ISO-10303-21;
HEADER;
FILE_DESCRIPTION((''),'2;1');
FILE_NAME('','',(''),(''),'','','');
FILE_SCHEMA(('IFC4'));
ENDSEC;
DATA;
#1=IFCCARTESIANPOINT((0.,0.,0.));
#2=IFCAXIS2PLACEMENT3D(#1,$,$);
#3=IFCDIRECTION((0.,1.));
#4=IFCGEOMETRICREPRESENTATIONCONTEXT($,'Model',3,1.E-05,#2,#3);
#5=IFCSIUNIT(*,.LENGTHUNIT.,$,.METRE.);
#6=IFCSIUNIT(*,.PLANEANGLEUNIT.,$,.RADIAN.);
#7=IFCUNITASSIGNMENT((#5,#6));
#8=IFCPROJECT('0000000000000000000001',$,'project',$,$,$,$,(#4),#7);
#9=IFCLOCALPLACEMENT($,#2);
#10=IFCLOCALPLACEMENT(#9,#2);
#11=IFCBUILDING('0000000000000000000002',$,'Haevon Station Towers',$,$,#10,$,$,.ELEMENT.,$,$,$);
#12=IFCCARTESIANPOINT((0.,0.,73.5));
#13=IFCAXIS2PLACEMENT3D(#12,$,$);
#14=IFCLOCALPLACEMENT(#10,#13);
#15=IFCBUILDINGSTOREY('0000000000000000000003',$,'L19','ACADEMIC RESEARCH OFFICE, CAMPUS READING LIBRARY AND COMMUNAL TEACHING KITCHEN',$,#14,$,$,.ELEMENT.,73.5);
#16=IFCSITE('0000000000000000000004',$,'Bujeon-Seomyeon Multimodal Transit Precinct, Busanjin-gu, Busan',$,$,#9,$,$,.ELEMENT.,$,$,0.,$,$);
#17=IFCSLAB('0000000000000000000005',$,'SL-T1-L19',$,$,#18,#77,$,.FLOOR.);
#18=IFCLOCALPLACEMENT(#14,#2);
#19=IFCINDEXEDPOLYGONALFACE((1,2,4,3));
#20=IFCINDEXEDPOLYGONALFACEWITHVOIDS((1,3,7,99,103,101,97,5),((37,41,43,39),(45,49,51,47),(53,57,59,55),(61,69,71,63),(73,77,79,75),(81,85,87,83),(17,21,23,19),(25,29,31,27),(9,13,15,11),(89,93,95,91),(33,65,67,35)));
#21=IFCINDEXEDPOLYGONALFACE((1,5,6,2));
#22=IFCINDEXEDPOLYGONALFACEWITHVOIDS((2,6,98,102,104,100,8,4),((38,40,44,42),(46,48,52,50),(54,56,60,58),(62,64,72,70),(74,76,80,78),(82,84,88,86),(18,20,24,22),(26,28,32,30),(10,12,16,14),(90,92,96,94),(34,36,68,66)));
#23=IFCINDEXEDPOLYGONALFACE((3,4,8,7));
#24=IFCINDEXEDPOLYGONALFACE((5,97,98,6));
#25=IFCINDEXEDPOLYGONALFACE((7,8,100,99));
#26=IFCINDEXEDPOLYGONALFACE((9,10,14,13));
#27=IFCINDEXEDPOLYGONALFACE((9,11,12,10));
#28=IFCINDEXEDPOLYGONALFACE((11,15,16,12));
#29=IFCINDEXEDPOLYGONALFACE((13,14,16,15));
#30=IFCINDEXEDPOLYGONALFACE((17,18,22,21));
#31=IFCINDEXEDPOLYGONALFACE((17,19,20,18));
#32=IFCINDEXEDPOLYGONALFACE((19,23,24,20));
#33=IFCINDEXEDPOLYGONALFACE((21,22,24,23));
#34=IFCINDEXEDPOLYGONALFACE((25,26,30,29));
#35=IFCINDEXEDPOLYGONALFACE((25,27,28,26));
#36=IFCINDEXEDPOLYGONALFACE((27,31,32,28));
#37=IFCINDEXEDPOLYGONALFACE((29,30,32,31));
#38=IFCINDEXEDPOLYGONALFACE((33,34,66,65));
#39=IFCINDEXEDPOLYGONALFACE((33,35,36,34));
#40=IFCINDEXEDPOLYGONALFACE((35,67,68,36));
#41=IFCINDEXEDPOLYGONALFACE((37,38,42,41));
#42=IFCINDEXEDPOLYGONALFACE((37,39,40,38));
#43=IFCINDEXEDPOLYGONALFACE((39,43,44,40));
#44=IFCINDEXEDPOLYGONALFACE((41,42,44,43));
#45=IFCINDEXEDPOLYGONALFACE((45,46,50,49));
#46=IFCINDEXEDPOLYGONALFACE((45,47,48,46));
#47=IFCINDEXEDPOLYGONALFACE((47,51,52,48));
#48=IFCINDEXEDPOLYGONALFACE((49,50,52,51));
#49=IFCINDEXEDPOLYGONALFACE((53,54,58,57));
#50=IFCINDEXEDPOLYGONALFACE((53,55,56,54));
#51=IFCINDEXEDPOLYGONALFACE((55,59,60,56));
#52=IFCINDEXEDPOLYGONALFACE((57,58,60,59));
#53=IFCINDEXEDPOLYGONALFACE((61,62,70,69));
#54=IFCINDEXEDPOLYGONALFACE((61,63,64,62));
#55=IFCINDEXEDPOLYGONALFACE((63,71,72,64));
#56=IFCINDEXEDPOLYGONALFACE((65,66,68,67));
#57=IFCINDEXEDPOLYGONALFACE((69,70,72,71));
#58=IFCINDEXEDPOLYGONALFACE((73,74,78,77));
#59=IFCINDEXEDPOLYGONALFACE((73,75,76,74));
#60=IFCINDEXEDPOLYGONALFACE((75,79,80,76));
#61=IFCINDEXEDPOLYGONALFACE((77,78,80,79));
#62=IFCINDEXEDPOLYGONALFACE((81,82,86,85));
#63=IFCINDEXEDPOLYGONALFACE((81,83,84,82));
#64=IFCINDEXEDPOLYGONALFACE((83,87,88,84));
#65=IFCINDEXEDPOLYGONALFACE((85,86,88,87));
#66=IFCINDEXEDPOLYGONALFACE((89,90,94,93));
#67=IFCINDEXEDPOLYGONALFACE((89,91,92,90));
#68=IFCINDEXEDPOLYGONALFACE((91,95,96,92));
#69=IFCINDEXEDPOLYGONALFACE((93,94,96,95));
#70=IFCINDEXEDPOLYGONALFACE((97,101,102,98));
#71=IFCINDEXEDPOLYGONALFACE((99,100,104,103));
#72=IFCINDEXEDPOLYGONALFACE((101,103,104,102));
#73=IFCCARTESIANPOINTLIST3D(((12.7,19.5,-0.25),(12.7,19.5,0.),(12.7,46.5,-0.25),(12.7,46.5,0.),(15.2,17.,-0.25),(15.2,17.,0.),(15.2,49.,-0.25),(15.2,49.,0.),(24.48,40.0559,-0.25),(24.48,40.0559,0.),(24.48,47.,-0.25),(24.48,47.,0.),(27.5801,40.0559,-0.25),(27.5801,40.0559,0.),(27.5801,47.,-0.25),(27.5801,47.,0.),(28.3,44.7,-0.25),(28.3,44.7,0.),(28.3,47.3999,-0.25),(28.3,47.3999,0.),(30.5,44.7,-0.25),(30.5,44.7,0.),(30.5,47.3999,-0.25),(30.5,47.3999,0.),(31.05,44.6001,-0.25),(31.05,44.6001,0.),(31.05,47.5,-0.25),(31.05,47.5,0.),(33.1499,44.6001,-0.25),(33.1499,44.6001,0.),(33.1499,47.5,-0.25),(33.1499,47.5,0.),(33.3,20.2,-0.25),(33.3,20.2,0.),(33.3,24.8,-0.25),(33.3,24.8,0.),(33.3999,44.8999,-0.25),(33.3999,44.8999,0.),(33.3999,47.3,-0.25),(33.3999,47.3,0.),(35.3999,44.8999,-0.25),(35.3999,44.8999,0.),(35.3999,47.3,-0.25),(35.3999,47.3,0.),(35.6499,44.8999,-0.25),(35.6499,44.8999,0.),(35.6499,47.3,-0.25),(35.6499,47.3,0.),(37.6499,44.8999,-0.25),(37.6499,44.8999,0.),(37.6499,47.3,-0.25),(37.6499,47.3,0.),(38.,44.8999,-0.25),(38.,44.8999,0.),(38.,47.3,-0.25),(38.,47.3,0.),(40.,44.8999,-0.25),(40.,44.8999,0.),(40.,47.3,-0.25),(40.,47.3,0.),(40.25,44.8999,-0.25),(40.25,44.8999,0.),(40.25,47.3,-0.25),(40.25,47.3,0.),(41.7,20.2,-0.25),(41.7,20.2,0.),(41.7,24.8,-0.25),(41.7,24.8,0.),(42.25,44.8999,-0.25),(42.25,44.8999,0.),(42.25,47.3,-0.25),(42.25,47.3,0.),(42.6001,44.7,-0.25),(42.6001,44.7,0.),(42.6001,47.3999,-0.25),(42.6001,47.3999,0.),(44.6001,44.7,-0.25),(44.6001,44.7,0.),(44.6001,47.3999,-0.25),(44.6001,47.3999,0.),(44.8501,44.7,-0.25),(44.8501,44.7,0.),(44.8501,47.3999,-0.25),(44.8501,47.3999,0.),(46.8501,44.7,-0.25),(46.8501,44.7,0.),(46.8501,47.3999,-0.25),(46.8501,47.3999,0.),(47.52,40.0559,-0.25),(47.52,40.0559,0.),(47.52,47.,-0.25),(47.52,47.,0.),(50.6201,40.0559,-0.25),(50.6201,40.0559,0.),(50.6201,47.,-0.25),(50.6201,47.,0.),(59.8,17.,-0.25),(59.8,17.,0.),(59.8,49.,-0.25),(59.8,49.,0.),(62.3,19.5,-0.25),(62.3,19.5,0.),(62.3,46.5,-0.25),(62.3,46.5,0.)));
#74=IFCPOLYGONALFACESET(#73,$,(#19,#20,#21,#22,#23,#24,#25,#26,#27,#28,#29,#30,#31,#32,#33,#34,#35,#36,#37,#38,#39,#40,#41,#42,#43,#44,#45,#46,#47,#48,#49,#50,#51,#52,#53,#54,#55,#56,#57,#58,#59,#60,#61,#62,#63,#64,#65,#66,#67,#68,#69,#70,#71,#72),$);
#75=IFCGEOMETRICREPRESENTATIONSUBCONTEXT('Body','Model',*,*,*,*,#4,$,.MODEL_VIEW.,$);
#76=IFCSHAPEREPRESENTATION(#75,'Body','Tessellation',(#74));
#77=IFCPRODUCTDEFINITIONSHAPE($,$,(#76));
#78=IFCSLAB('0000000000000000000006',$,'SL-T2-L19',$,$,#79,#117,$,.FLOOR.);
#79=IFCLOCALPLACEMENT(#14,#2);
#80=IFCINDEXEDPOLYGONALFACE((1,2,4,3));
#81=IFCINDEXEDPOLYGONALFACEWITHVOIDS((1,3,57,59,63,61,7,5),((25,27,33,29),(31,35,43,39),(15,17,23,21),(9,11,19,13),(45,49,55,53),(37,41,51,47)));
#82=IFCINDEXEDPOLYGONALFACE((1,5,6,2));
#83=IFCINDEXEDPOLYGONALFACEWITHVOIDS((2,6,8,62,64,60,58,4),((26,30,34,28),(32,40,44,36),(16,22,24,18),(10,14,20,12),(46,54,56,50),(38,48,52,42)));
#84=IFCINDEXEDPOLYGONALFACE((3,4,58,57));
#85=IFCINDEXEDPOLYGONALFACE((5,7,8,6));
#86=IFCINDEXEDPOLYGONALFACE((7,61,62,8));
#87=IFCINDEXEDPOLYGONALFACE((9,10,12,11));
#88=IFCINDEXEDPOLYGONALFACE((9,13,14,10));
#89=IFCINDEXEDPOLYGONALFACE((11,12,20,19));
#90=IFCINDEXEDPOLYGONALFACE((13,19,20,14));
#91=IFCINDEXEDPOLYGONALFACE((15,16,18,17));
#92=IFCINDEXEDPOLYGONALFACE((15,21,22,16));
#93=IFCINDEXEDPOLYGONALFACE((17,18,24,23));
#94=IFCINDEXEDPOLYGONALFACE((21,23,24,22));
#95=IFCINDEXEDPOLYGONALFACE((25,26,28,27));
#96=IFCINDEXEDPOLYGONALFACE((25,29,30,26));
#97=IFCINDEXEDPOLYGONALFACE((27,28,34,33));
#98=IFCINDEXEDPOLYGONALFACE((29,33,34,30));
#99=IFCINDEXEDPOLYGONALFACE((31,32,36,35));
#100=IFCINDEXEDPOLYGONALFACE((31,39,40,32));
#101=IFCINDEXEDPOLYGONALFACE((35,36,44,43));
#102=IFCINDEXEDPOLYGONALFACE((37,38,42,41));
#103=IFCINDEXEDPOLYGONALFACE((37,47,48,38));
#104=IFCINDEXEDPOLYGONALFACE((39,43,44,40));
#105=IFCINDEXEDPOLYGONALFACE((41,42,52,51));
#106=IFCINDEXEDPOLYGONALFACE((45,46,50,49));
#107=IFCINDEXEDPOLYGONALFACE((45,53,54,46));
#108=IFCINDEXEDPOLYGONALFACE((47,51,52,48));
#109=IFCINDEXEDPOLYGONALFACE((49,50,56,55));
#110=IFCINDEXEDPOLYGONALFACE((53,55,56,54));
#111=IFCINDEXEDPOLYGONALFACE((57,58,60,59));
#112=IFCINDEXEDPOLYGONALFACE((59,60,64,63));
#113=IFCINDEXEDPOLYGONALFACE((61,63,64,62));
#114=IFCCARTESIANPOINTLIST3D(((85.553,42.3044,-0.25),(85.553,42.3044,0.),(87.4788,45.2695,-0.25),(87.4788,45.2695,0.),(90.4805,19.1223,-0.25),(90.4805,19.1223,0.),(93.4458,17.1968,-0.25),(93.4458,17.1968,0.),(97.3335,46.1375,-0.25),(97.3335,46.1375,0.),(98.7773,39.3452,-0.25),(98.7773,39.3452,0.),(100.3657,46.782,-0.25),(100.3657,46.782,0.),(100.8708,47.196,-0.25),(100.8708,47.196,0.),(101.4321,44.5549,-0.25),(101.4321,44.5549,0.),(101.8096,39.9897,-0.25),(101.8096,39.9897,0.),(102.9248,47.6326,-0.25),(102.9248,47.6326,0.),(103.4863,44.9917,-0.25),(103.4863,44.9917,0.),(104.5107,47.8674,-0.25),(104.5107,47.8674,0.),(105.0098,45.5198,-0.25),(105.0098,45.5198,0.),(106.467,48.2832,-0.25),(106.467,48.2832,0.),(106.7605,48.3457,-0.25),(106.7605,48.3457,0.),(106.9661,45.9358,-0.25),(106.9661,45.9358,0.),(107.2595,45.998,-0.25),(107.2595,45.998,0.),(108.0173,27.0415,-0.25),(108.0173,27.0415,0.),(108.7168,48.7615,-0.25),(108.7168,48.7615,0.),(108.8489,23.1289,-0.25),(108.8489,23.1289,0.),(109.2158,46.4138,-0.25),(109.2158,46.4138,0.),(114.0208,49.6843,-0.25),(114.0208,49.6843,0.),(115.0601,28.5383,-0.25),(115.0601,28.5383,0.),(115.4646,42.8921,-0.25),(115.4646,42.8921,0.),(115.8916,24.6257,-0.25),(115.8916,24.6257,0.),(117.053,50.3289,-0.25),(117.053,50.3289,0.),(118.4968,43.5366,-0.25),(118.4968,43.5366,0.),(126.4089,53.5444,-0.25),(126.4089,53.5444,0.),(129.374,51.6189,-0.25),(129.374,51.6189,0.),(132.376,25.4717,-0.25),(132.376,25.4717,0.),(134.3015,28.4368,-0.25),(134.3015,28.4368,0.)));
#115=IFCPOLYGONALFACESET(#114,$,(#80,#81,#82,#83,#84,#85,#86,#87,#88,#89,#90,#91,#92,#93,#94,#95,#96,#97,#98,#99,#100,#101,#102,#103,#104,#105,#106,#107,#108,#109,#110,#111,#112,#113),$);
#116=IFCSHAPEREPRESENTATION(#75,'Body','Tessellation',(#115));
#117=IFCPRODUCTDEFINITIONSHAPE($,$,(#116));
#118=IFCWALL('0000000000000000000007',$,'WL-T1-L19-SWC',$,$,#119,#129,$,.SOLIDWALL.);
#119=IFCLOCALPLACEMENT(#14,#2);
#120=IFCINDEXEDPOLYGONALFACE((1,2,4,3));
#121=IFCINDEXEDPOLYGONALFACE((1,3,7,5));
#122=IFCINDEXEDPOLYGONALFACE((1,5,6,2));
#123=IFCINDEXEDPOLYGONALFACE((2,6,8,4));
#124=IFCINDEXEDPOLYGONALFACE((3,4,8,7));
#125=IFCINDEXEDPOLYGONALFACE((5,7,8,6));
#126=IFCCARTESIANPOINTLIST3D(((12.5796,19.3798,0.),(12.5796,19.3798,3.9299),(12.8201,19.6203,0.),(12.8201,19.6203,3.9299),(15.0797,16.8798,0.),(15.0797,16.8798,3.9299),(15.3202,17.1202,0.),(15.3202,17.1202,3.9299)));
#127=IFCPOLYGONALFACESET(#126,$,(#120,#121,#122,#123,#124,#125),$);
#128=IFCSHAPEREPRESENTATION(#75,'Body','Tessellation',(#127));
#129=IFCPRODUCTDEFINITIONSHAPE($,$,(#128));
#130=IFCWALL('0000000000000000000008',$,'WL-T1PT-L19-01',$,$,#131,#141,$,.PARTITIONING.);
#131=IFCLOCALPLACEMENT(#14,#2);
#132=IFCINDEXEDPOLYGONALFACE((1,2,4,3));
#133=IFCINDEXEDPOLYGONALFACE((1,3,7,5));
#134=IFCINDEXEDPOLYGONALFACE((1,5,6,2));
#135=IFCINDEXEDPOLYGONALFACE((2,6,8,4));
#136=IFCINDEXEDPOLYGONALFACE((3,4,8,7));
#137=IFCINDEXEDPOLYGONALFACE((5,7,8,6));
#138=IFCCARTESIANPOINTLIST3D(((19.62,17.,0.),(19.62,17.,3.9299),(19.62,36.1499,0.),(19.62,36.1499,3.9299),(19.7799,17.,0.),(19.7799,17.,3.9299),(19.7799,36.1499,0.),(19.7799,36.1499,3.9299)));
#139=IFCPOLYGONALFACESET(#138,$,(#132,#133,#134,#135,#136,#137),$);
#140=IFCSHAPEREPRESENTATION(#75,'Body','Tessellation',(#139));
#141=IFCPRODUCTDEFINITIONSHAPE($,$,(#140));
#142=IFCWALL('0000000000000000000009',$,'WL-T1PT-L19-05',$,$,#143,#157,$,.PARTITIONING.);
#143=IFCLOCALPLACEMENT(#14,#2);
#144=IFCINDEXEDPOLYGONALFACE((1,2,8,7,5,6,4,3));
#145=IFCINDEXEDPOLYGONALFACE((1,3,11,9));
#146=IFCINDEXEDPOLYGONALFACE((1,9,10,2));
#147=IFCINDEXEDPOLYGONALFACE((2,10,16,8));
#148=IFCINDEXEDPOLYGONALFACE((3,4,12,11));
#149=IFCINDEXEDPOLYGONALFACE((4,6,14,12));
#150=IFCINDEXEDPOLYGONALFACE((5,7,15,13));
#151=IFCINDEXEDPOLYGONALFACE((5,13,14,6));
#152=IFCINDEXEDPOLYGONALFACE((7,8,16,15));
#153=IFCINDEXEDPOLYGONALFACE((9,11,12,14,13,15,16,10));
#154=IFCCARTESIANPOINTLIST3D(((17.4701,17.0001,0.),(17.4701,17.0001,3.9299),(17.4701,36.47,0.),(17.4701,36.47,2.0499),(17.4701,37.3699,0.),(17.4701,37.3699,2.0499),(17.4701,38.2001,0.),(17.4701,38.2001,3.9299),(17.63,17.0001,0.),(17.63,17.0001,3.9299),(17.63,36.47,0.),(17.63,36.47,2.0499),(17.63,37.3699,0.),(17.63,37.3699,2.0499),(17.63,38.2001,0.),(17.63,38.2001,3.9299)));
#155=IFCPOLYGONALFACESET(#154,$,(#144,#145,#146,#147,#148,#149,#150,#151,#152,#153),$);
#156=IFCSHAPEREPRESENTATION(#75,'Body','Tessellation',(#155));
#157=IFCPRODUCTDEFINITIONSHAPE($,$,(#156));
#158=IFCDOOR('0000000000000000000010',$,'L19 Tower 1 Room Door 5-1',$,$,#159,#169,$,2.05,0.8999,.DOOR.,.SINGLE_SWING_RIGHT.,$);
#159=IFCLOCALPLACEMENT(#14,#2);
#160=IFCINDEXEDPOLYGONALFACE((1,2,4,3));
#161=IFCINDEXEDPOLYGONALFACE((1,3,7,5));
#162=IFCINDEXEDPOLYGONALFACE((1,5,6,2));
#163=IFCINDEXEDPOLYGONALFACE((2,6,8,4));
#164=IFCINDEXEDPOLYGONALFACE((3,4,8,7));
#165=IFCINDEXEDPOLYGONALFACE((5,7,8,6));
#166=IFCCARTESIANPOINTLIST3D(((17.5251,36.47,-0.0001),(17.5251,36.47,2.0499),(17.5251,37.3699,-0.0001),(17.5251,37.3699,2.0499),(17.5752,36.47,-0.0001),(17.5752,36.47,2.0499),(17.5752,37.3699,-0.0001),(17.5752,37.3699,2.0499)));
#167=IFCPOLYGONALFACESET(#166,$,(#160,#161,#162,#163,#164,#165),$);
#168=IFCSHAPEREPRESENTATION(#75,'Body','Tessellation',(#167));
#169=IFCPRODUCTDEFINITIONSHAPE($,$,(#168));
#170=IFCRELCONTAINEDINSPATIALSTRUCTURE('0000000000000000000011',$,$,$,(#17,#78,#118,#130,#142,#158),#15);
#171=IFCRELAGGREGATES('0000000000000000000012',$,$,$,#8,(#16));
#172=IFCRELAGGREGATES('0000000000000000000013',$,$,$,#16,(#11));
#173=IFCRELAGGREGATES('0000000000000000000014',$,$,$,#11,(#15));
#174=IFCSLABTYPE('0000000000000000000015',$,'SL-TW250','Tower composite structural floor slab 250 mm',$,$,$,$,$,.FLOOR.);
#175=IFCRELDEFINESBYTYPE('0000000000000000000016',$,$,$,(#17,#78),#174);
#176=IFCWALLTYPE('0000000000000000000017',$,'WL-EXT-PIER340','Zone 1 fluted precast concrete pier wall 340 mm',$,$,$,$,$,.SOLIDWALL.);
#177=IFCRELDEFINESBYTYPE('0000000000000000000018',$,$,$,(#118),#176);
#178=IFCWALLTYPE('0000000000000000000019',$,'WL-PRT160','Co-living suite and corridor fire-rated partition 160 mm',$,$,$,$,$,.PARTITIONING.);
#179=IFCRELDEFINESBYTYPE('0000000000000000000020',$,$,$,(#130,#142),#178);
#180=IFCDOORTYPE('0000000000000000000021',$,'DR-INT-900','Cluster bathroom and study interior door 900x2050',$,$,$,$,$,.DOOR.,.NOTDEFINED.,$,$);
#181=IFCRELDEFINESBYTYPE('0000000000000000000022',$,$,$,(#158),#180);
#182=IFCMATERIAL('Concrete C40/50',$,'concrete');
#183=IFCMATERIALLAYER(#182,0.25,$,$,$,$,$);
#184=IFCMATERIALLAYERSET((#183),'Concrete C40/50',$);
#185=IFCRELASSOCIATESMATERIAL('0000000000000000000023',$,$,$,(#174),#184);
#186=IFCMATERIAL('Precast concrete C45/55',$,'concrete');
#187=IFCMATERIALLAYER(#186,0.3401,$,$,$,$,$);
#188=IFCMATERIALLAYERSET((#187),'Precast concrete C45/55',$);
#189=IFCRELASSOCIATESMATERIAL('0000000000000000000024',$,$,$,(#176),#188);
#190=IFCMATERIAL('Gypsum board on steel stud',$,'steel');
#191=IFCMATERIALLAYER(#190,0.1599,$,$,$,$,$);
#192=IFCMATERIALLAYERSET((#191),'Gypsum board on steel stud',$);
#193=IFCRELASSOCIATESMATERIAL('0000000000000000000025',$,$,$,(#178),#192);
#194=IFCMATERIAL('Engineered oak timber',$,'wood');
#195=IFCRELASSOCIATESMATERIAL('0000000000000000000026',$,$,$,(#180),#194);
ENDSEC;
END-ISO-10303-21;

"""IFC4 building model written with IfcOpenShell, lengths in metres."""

from ifc_helpers import new_model, si_unit, direction, frame, frame_2d, origin, place, context, subcontext, project, spatial, polyline, rectangle, outline, extrude, material, layer, layer_set, type_object, element, fill, save


model = new_model("IFC4")

# Units and contexts
model_context = context("Model", 3, precision=1e-05, world=origin(), true_north=direction((0.0, 1.0)))
body_context = subcontext(model_context, "Body", "Model", "MODEL_VIEW")
ifc_project = project(units=[si_unit("LENGTHUNIT", "METRE"), si_unit("PLANEANGLEUNIT", "RADIAN")], contexts=[model_context])

# Site, building, storey
site_placement = place(None, origin())
site = spatial("IfcSite", under=ifc_project, at=site_placement, Name="Bujeon-Seomyeon Multimodal Transit Precinct, Busanjin-gu, Busan", CompositionType="ELEMENT", RefElevation=0.0)
building_placement = place(site_placement, origin())
building = spatial("IfcBuilding", under=site, at=building_placement, Name="Haevon Station Towers", CompositionType="ELEMENT")
storey_placement = place(building_placement, frame((0.0, 0.0, 73.5)))
storey = spatial("IfcBuildingStorey", under=building, at=storey_placement, Name="L19", Description="ACADEMIC RESEARCH OFFICE, CAMPUS READING LIBRARY AND COMMUNAL TEACHING KITCHEN", CompositionType="ELEMENT", Elevation=73.5)

# Shared definitions
ifc_material_1 = material(Name="Concrete C40/50", Category="concrete")

# Slabs
ifc_layer_1 = layer(ifc_material_1, 0.25)
ifc_layer_set_1 = layer_set([ifc_layer_1], Name="Concrete C40/50")
slab_type_1 = type_object("IfcSlabType", Name="SL-TW250", Description="Tower composite structural floor slab 250 mm", PredefinedType="FLOOR", material=ifc_layer_set_1)
slab_1_placement = place(storey_placement, frame((0.0, 0.0, -0.25)))
element("IfcSlab", 1, at=slab_1_placement, inside=storey, type_object=slab_type_1, Name="SL-T1-L19", PredefinedType="FLOOR", context=body_context, shape_type="SweptSolid", body=[
    extrude(outline(polyline([(15.2, 17.0), (59.8, 17.0), (62.3, 19.5), (62.3, 46.5), (59.8, 49.0), (15.2, 49.0), (12.7, 46.5), (12.7, 19.5), (15.2, 17.0)]), holes=[polyline([(27.5801, 40.0559), (27.5801, 47.0), (24.48, 47.0), (24.48, 40.0559), (27.5801, 40.0559)]), polyline([(50.6201, 40.0559), (50.6201, 47.0), (47.52, 47.0), (47.52, 40.0559), (50.6201, 40.0559)]), polyline([(28.3, 44.7), (30.5, 44.7), (30.5, 47.3999), (28.3, 47.3999), (28.3, 44.7)]), polyline([(31.05, 44.6001), (33.1499, 44.6001), (33.1499, 47.5), (31.05, 47.5), (31.05, 44.6001)]), polyline([(33.3999, 44.8999), (35.3999, 44.8999), (35.3999, 47.3), (33.3999, 47.3), (33.3999, 44.8999)]), polyline([(35.6499, 44.8999), (37.6499, 44.8999), (37.6499, 47.3), (35.6499, 47.3), (35.6499, 44.8999)]), polyline([(38.0, 44.8999), (40.0, 44.8999), (40.0, 47.3), (38.0, 47.3), (38.0, 44.8999)]), polyline([(40.25, 44.8999), (42.25, 44.8999), (42.25, 47.3), (40.25, 47.3), (40.25, 44.8999)]), polyline([(42.6001, 44.7), (44.6001, 44.7), (44.6001, 47.3999), (42.6001, 47.3999), (42.6001, 44.7)]), polyline([(44.8501, 44.7), (46.8501, 44.7), (46.8501, 47.3999), (44.8501, 47.3999), (44.8501, 44.7)]), polyline([(33.3, 20.2), (41.7, 20.2), (41.7, 24.8), (33.3, 24.8), (33.3, 20.2)])]), origin(), (0.0, 0.0, 1.0), 0.25),
])
slab_2_placement = place(storey_placement, frame((0.0, 0.0, -0.25)))
element("IfcSlab", 2, at=slab_2_placement, inside=storey, type_object=slab_type_1, Name="SL-T2-L19", PredefinedType="FLOOR", context=body_context, shape_type="SweptSolid", body=[
    extrude(outline(polyline([(93.4458, 17.1968), (132.376, 25.4717), (134.3015, 28.4368), (129.374, 51.6189), (126.4089, 53.5444), (87.4788, 45.2695), (85.553, 42.3044), (90.4805, 19.1223), (93.4458, 17.1968)]), holes=[polyline([(101.8096, 39.9897), (100.3657, 46.782), (97.3335, 46.1375), (98.7773, 39.3452), (101.8096, 39.9897)]), polyline([(118.4968, 43.5366), (117.053, 50.3289), (114.0208, 49.6843), (115.4646, 42.8921), (118.4968, 43.5366)]), polyline([(101.4321, 44.5549), (103.4863, 44.9917), (102.9248, 47.6326), (100.8708, 47.196), (101.4321, 44.5549)]), polyline([(105.0098, 45.5198), (106.9661, 45.9358), (106.467, 48.2832), (104.5107, 47.8674), (105.0098, 45.5198)]), polyline([(107.2595, 45.998), (109.2158, 46.4138), (108.7168, 48.7615), (106.7605, 48.3457), (107.2595, 45.998)]), polyline([(108.8489, 23.1289), (115.8916, 24.6257), (115.0601, 28.5383), (108.0173, 27.0415), (108.8489, 23.1289)])]), origin(), (0.0, 0.0, 1.0), 0.25),
])

# Walls
ifc_material_2 = material(Name="Precast concrete C45/55", Category="concrete")
ifc_layer_2 = layer(ifc_material_2, 0.3401)
ifc_layer_set_2 = layer_set([ifc_layer_2], Name="Precast concrete C45/55")
wall_type_1 = type_object("IfcWallType", Name="WL-EXT-PIER340", Description="Zone 1 fluted precast concrete pier wall 340 mm", PredefinedType="SOLIDWALL", material=ifc_layer_set_2)
wall_1_placement = place(storey_placement, frame((15.2, 17.0, 0.0), z_axis=(0.0, 0.0, 1.0), x_axis=(-0.707107, 0.707107, 0.0)))
element("IfcWall", 3, at=wall_1_placement, inside=storey, type_object=wall_type_1, Name="WL-T1-L19-SWC", PredefinedType="SOLIDWALL", context=body_context, shape_type="SweptSolid", body=[
    extrude(rectangle(XDim=3.5356, YDim=0.3401, at=frame_2d((1.7678, 0.0))), origin(), (0.0, 0.0, 1.0), 3.9299),
])
ifc_material_3 = material(Name="Gypsum board on steel stud", Category="steel")
ifc_layer_3 = layer(ifc_material_3, 0.1599)
ifc_layer_set_3 = layer_set([ifc_layer_3], Name="Gypsum board on steel stud")
wall_type_2 = type_object("IfcWallType", Name="WL-PRT160", Description="Co-living suite and corridor fire-rated partition 160 mm", PredefinedType="PARTITIONING", material=ifc_layer_set_3)
wall_2_placement = place(storey_placement, frame((19.7, 17.0, 0.0), z_axis=(0.0, 0.0, 1.0), x_axis=(0.0, 1.0, 0.0)))
element("IfcWall", 4, at=wall_2_placement, inside=storey, type_object=wall_type_2, Name="WL-T1PT-L19-01", PredefinedType="PARTITIONING", context=body_context, shape_type="SweptSolid", body=[
    extrude(rectangle(XDim=19.1499, YDim=0.1599, at=frame_2d((9.575, 0.0))), origin(), (0.0, 0.0, 1.0), 3.9299),
])

# Wall, opening, door
wall_3_placement = place(storey_placement, frame((17.55, 17.0, 0.0), z_axis=(0.0, 0.0, 1.0), x_axis=(0.0, 1.0, 0.0)))
wall_3 = element("IfcWall", 5, at=wall_3_placement, inside=storey, type_object=wall_type_2, Name="WL-T1PT-L19-05", PredefinedType="PARTITIONING", context=body_context, shape_type="SweptSolid", body=[
    extrude(rectangle(XDim=21.2, YDim=0.1599, at=frame_2d((10.6001, 0.0))), origin(), (0.0, 0.0, 1.0), 3.9299),
])
opening_placement = place(wall_3_placement, frame((19.47, 0.0, 0.0)))
opening = element("IfcOpeningElement", 6, at=opening_placement, cuts=wall_3, PredefinedType="OPENING", context=body_context, shape_type="SweptSolid", body=[
    extrude(rectangle(XDim=0.8999, YDim=2.05, at=frame_2d((0.45, 1.0249))), frame((0.0, 0.0898, 0.0), z_axis=(0.0, -1.0, 0.0), x_axis=(1.0, 0.0, 0.0)), (0.0, 0.0, 1.0), 0.1799),
])
ifc_material_4 = material(Name="Engineered oak timber", Category="wood")
door_type = type_object("IfcDoorType", Name="DR-INT-900", Description="Cluster bathroom and study interior door 900x2050", OperationType="NOTDEFINED", PredefinedType="DOOR", material=ifc_material_4)
door_placement = place(opening_placement, origin())
door = element("IfcDoor", 7, at=door_placement, inside=storey, type_object=door_type, Name="L19 Tower 1 Room Door 5-1", OperationType="SINGLE_SWING_RIGHT", OverallHeight=2.05, OverallWidth=0.8999, PredefinedType="DOOR", context=body_context, shape_type="SweptSolid", body=[
    extrude(rectangle(XDim=0.8999, YDim=2.05, at=frame_2d((0.45, 1.0249))), frame((0.0, 0.0249, 0.0), z_axis=(0.0, -1.0, 0.0), x_axis=(1.0, 0.0, 0.0)), (0.0, 0.0, 1.0), 0.05),
])
fill(opening, door)

save(model, "model.ifc")
